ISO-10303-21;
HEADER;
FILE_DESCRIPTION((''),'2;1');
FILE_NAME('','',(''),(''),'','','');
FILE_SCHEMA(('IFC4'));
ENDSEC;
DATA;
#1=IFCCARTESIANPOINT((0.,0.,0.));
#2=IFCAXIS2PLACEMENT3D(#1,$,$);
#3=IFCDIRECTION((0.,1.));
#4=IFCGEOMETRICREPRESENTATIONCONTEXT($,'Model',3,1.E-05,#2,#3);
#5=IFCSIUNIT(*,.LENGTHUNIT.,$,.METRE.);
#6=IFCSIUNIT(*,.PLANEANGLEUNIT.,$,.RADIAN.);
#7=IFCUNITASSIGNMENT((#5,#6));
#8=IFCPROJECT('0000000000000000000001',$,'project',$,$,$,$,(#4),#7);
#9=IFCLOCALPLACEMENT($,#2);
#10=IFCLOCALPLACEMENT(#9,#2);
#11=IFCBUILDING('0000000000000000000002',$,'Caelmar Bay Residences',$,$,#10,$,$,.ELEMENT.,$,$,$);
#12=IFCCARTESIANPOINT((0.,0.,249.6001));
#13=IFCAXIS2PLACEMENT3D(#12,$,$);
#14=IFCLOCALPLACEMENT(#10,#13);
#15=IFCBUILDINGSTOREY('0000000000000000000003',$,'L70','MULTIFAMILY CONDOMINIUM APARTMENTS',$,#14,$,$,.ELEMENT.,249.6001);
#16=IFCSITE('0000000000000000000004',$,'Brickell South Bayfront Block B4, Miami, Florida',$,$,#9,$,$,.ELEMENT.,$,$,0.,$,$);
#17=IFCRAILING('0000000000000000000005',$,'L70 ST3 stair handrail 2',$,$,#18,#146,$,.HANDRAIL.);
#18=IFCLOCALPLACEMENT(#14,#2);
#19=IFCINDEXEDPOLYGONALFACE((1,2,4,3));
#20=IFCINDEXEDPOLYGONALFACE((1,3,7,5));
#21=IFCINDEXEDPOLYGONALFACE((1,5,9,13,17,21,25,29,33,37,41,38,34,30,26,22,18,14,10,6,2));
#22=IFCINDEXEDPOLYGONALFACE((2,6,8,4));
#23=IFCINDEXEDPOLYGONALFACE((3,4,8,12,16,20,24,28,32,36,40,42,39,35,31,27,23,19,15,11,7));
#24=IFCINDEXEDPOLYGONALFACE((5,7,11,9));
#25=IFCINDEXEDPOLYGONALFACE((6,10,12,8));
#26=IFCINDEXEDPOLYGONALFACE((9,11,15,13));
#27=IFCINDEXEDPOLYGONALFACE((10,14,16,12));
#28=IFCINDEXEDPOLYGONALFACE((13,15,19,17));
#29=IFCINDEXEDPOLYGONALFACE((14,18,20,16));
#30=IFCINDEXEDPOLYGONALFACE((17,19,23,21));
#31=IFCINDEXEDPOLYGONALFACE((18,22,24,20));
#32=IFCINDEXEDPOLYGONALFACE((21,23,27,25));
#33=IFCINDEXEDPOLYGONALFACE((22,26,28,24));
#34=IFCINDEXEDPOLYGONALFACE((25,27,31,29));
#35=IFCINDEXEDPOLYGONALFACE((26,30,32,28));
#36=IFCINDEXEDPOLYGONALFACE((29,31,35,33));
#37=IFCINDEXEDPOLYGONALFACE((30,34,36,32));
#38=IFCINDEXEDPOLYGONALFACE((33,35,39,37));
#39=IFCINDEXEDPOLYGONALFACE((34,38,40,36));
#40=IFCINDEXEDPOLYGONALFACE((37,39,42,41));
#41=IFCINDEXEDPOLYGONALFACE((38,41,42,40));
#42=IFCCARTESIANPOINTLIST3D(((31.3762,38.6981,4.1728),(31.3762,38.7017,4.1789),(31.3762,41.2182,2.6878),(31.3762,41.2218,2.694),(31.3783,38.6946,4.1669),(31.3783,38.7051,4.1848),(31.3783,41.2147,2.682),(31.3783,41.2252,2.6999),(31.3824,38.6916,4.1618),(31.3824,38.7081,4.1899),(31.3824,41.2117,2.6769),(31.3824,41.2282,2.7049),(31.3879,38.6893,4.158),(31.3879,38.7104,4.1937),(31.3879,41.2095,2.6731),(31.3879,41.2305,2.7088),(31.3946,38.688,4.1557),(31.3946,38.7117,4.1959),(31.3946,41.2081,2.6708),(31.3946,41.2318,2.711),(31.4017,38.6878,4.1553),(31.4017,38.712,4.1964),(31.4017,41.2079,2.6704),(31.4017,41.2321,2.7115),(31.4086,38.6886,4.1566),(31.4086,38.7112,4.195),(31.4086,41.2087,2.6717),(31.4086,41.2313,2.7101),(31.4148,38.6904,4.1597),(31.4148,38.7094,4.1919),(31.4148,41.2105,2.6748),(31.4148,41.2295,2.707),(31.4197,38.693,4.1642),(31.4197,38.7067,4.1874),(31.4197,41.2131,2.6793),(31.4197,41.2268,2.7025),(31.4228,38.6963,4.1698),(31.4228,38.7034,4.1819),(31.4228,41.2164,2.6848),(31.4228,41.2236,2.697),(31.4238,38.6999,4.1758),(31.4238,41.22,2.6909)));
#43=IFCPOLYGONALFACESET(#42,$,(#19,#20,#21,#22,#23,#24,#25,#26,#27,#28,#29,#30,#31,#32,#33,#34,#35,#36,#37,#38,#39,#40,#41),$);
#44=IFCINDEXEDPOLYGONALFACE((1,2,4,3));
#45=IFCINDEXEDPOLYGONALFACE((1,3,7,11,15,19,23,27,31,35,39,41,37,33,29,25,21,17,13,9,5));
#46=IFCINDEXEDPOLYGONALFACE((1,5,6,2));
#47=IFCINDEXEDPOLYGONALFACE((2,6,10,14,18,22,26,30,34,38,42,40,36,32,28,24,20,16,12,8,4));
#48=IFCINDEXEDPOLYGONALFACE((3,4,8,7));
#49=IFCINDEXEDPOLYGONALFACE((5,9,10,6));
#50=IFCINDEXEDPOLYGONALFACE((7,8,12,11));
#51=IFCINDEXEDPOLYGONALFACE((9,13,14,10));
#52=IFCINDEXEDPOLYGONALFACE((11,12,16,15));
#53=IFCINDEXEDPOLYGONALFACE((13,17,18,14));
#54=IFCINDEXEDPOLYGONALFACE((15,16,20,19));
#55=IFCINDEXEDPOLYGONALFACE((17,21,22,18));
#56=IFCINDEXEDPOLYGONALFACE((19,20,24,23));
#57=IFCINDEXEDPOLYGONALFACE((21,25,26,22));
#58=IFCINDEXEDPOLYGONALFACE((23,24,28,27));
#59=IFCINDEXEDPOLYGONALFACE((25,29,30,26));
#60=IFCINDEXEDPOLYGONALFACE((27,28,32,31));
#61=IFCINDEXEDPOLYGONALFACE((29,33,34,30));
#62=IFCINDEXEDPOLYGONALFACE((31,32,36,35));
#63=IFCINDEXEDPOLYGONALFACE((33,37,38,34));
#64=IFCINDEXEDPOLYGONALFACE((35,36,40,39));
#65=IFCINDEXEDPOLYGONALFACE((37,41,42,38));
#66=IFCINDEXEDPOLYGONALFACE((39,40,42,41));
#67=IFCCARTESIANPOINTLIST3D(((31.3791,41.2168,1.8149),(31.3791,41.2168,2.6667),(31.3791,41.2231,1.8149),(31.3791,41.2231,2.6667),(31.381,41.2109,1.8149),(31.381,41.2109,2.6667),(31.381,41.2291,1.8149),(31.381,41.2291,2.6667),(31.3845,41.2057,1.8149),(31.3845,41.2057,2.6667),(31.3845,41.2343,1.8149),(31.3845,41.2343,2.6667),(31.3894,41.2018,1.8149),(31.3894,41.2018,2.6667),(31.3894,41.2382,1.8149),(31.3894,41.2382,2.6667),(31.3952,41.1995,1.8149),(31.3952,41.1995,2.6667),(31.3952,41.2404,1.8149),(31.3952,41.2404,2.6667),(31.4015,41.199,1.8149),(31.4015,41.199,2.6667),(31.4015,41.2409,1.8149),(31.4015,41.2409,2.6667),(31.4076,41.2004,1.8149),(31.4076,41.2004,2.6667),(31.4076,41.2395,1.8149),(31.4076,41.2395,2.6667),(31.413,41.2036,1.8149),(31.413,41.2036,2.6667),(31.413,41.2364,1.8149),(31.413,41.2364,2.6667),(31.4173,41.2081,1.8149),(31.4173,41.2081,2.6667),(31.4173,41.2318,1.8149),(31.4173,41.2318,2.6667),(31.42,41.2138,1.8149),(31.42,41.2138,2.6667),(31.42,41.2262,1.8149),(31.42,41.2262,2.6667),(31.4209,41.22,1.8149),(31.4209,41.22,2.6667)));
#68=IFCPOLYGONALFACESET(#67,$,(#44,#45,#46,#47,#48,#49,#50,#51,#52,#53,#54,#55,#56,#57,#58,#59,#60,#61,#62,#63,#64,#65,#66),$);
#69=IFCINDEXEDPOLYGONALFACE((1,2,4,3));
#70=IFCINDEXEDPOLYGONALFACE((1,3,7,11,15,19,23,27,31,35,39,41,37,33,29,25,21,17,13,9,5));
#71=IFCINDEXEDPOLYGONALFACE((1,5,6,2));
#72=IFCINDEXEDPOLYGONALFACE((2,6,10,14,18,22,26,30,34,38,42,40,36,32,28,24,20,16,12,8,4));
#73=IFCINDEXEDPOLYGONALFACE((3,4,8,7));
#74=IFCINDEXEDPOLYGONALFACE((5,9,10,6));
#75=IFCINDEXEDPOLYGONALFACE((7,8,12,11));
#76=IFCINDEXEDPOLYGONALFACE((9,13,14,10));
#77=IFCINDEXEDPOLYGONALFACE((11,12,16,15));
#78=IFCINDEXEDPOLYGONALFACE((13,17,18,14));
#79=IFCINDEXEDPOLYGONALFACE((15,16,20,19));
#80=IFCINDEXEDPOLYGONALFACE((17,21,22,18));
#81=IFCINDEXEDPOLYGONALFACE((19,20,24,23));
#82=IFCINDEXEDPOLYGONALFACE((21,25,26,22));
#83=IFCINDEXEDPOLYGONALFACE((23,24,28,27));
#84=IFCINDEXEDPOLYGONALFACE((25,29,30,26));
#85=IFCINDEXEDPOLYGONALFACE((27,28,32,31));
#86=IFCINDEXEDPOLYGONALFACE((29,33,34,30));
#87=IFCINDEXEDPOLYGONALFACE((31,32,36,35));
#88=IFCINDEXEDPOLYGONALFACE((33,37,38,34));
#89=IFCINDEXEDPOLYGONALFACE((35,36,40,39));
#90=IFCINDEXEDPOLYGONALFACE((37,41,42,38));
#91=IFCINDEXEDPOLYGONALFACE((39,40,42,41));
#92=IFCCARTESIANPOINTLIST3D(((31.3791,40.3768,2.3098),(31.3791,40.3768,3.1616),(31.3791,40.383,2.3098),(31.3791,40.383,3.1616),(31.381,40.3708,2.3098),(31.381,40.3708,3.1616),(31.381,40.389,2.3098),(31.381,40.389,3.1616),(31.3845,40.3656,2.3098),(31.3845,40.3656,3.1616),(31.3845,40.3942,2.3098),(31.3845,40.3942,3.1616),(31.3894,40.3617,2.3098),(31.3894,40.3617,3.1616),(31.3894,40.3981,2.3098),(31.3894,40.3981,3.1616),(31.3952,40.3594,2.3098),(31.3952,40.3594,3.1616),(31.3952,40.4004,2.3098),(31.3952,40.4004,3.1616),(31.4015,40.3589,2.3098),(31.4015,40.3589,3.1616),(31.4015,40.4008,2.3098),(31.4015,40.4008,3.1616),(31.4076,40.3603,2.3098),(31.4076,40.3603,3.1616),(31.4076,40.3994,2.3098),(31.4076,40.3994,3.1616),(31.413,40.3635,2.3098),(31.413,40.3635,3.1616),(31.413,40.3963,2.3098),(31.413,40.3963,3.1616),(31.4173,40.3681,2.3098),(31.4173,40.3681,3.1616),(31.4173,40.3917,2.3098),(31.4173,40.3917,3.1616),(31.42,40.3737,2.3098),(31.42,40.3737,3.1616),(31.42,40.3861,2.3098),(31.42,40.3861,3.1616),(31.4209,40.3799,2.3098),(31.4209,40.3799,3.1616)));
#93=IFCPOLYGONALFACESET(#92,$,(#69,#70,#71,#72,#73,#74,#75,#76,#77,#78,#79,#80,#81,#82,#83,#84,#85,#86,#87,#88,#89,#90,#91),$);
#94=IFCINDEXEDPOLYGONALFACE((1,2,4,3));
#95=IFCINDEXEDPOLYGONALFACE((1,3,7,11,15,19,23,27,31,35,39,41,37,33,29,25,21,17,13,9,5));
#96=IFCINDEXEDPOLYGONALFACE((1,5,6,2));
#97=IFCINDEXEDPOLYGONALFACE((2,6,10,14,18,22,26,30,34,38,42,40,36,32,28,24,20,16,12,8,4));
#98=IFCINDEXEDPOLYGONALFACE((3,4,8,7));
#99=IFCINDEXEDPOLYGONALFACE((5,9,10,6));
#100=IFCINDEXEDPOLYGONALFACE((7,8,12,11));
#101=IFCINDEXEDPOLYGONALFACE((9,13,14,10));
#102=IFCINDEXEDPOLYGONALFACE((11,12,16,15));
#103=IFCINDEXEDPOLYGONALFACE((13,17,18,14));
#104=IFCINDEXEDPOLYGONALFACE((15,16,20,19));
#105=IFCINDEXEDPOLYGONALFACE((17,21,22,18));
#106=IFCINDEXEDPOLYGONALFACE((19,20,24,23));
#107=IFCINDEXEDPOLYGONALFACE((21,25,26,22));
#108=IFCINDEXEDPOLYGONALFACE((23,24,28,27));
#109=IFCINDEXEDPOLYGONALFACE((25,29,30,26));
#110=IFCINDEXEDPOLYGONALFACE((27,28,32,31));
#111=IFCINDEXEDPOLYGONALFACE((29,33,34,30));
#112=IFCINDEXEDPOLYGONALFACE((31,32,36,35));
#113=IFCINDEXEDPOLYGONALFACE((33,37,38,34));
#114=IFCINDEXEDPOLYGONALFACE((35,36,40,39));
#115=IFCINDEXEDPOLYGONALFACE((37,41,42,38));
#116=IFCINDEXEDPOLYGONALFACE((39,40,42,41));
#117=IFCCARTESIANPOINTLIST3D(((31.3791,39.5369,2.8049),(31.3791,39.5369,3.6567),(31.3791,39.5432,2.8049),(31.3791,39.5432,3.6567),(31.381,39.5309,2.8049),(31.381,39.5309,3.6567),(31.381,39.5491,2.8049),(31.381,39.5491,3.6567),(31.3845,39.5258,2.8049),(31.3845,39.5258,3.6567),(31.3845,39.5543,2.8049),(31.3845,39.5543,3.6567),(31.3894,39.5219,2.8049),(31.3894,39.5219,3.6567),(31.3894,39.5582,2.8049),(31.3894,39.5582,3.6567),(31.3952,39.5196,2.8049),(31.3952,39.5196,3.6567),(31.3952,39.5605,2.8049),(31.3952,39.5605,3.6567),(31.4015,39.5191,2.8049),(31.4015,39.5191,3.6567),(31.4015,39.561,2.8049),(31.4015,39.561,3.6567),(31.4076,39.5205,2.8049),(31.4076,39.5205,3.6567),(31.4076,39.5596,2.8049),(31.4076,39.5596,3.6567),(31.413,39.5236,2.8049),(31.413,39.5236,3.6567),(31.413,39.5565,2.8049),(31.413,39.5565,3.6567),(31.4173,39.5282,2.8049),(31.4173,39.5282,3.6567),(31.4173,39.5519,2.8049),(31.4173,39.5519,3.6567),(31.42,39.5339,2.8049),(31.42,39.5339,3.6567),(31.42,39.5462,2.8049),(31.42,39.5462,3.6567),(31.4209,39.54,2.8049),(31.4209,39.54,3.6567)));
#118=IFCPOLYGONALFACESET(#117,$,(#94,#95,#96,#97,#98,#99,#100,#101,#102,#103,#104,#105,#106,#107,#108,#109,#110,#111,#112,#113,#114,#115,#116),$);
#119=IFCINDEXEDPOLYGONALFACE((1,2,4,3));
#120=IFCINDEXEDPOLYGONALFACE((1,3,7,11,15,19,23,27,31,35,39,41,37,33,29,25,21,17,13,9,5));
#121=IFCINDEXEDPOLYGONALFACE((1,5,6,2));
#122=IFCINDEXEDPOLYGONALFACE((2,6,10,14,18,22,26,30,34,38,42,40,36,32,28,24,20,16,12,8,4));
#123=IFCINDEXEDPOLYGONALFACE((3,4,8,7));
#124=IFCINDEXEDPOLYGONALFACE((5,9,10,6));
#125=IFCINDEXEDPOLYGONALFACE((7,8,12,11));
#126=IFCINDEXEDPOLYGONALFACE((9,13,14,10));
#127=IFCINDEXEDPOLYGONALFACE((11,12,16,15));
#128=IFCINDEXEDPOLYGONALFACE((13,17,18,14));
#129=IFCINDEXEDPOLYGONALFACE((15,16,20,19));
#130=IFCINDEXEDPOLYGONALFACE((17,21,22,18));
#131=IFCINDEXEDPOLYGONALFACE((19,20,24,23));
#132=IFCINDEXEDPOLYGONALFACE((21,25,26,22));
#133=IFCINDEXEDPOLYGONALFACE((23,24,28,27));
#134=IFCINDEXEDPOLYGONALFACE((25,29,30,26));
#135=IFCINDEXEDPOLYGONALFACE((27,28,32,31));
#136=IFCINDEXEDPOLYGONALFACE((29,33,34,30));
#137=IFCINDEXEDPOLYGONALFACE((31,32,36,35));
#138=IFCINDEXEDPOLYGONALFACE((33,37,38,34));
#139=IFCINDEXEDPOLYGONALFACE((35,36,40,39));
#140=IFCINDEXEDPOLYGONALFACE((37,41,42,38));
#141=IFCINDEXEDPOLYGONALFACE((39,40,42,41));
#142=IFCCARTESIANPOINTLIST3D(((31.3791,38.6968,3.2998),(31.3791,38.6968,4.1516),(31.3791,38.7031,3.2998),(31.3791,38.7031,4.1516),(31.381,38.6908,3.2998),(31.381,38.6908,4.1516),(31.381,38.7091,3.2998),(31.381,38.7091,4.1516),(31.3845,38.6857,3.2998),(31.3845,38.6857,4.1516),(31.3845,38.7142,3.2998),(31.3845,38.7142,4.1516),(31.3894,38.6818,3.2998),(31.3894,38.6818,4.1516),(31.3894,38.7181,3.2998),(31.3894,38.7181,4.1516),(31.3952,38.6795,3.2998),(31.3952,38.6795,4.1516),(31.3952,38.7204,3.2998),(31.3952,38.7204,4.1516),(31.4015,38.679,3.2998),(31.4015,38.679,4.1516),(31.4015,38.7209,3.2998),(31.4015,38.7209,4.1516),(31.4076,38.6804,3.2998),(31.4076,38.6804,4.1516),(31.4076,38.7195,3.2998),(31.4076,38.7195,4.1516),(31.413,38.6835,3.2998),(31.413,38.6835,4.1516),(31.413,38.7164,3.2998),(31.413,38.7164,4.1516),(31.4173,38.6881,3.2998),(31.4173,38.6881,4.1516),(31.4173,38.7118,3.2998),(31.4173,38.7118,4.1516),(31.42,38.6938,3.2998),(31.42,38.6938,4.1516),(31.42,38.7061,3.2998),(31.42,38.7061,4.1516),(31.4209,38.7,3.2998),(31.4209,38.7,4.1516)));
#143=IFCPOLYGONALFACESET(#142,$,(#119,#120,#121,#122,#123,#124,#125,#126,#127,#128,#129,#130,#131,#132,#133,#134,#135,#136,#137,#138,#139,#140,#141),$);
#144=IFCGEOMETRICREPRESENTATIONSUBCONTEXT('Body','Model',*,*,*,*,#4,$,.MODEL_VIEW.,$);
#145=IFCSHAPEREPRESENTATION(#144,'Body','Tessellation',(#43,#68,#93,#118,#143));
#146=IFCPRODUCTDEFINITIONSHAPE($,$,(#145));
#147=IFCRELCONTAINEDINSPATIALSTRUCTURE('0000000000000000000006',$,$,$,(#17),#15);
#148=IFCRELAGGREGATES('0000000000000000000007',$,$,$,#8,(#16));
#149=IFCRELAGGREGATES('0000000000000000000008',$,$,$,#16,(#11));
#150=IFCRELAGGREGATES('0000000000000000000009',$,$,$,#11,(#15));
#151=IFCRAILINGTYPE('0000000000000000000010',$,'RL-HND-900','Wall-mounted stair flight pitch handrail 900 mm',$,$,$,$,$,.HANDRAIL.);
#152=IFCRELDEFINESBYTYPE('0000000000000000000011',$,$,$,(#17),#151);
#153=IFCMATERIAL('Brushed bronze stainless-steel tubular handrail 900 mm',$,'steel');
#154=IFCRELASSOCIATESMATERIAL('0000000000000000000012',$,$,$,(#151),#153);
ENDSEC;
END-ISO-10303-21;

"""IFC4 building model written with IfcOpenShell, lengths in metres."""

from ifc_helpers import new_model, si_unit, direction, frame, origin, origin_2d, place, context, subcontext, project, spatial, circle, extrude, material, type_object, element, save


model = new_model("IFC4")

# Units and contexts
model_context = context("Model", 3, precision=1e-05, world=origin(), true_north=direction((0.0, 1.0)))
body_context = subcontext(model_context, "Body", "Model", "MODEL_VIEW")
ifc_project = project(units=[si_unit("LENGTHUNIT", "METRE"), si_unit("PLANEANGLEUNIT", "RADIAN")], contexts=[model_context])

# Site, building, storey
site_placement = place(None, origin())
site = spatial("IfcSite", under=ifc_project, at=site_placement, Name="Brickell South Bayfront Block B4, Miami, Florida", CompositionType="ELEMENT", RefElevation=0.0)
building_placement = place(site_placement, origin())
building = spatial("IfcBuilding", under=site, at=building_placement, Name="Caelmar Bay Residences", CompositionType="ELEMENT")
storey_placement = place(building_placement, frame((0.0, 0.0, 249.6001)))
storey = spatial("IfcBuildingStorey", under=building, at=storey_placement, Name="L70", Description="MULTIFAMILY CONDOMINIUM APARTMENTS", CompositionType="ELEMENT", Elevation=249.6001)

# Railing
ifc_material_1 = material(Name="Brushed bronze stainless-steel tubular handrail 900 mm", Category="steel")
railing_type_1 = type_object("IfcRailingType", Name="RL-HND-900", Description="Wall-mounted stair flight pitch handrail 900 mm", PredefinedType="HANDRAIL", material=ifc_material_1)
railing_1_placement = place(storey_placement, frame((31.3999, 41.22, 1.8149)))
element("IfcRailing", 1, at=railing_1_placement, inside=storey, type_object=railing_type_1, Name="L70 ST3 stair handrail 2", PredefinedType="HANDRAIL", context=body_context, shape_type="SweptSolid", body=[
    extrude(circle(Radius=0.0239, at=origin_2d()), frame((0.0, 0.0, 0.876), z_axis=(0.0, -0.861561, 0.507655), x_axis=(1.0, 0.0, 0.0)), (0.0, 0.0, 1.0), 2.925),
    extrude(circle(Radius=0.021, at=origin_2d()), origin(), (0.0, 0.0, 1.0), 0.8518),
    extrude(circle(Radius=0.021, at=origin_2d()), frame((0.0, -0.8401, 0.4949)), (0.0, 0.0, 1.0), 0.8518),
    extrude(circle(Radius=0.021, at=origin_2d()), frame((0.0, -1.6799, 0.99)), (0.0, 0.0, 1.0), 0.8518),
    extrude(circle(Radius=0.021, at=origin_2d()), frame((0.0, -2.52, 1.4849)), (0.0, 0.0, 1.0), 0.8518),
])

save(model, "model.ifc")
